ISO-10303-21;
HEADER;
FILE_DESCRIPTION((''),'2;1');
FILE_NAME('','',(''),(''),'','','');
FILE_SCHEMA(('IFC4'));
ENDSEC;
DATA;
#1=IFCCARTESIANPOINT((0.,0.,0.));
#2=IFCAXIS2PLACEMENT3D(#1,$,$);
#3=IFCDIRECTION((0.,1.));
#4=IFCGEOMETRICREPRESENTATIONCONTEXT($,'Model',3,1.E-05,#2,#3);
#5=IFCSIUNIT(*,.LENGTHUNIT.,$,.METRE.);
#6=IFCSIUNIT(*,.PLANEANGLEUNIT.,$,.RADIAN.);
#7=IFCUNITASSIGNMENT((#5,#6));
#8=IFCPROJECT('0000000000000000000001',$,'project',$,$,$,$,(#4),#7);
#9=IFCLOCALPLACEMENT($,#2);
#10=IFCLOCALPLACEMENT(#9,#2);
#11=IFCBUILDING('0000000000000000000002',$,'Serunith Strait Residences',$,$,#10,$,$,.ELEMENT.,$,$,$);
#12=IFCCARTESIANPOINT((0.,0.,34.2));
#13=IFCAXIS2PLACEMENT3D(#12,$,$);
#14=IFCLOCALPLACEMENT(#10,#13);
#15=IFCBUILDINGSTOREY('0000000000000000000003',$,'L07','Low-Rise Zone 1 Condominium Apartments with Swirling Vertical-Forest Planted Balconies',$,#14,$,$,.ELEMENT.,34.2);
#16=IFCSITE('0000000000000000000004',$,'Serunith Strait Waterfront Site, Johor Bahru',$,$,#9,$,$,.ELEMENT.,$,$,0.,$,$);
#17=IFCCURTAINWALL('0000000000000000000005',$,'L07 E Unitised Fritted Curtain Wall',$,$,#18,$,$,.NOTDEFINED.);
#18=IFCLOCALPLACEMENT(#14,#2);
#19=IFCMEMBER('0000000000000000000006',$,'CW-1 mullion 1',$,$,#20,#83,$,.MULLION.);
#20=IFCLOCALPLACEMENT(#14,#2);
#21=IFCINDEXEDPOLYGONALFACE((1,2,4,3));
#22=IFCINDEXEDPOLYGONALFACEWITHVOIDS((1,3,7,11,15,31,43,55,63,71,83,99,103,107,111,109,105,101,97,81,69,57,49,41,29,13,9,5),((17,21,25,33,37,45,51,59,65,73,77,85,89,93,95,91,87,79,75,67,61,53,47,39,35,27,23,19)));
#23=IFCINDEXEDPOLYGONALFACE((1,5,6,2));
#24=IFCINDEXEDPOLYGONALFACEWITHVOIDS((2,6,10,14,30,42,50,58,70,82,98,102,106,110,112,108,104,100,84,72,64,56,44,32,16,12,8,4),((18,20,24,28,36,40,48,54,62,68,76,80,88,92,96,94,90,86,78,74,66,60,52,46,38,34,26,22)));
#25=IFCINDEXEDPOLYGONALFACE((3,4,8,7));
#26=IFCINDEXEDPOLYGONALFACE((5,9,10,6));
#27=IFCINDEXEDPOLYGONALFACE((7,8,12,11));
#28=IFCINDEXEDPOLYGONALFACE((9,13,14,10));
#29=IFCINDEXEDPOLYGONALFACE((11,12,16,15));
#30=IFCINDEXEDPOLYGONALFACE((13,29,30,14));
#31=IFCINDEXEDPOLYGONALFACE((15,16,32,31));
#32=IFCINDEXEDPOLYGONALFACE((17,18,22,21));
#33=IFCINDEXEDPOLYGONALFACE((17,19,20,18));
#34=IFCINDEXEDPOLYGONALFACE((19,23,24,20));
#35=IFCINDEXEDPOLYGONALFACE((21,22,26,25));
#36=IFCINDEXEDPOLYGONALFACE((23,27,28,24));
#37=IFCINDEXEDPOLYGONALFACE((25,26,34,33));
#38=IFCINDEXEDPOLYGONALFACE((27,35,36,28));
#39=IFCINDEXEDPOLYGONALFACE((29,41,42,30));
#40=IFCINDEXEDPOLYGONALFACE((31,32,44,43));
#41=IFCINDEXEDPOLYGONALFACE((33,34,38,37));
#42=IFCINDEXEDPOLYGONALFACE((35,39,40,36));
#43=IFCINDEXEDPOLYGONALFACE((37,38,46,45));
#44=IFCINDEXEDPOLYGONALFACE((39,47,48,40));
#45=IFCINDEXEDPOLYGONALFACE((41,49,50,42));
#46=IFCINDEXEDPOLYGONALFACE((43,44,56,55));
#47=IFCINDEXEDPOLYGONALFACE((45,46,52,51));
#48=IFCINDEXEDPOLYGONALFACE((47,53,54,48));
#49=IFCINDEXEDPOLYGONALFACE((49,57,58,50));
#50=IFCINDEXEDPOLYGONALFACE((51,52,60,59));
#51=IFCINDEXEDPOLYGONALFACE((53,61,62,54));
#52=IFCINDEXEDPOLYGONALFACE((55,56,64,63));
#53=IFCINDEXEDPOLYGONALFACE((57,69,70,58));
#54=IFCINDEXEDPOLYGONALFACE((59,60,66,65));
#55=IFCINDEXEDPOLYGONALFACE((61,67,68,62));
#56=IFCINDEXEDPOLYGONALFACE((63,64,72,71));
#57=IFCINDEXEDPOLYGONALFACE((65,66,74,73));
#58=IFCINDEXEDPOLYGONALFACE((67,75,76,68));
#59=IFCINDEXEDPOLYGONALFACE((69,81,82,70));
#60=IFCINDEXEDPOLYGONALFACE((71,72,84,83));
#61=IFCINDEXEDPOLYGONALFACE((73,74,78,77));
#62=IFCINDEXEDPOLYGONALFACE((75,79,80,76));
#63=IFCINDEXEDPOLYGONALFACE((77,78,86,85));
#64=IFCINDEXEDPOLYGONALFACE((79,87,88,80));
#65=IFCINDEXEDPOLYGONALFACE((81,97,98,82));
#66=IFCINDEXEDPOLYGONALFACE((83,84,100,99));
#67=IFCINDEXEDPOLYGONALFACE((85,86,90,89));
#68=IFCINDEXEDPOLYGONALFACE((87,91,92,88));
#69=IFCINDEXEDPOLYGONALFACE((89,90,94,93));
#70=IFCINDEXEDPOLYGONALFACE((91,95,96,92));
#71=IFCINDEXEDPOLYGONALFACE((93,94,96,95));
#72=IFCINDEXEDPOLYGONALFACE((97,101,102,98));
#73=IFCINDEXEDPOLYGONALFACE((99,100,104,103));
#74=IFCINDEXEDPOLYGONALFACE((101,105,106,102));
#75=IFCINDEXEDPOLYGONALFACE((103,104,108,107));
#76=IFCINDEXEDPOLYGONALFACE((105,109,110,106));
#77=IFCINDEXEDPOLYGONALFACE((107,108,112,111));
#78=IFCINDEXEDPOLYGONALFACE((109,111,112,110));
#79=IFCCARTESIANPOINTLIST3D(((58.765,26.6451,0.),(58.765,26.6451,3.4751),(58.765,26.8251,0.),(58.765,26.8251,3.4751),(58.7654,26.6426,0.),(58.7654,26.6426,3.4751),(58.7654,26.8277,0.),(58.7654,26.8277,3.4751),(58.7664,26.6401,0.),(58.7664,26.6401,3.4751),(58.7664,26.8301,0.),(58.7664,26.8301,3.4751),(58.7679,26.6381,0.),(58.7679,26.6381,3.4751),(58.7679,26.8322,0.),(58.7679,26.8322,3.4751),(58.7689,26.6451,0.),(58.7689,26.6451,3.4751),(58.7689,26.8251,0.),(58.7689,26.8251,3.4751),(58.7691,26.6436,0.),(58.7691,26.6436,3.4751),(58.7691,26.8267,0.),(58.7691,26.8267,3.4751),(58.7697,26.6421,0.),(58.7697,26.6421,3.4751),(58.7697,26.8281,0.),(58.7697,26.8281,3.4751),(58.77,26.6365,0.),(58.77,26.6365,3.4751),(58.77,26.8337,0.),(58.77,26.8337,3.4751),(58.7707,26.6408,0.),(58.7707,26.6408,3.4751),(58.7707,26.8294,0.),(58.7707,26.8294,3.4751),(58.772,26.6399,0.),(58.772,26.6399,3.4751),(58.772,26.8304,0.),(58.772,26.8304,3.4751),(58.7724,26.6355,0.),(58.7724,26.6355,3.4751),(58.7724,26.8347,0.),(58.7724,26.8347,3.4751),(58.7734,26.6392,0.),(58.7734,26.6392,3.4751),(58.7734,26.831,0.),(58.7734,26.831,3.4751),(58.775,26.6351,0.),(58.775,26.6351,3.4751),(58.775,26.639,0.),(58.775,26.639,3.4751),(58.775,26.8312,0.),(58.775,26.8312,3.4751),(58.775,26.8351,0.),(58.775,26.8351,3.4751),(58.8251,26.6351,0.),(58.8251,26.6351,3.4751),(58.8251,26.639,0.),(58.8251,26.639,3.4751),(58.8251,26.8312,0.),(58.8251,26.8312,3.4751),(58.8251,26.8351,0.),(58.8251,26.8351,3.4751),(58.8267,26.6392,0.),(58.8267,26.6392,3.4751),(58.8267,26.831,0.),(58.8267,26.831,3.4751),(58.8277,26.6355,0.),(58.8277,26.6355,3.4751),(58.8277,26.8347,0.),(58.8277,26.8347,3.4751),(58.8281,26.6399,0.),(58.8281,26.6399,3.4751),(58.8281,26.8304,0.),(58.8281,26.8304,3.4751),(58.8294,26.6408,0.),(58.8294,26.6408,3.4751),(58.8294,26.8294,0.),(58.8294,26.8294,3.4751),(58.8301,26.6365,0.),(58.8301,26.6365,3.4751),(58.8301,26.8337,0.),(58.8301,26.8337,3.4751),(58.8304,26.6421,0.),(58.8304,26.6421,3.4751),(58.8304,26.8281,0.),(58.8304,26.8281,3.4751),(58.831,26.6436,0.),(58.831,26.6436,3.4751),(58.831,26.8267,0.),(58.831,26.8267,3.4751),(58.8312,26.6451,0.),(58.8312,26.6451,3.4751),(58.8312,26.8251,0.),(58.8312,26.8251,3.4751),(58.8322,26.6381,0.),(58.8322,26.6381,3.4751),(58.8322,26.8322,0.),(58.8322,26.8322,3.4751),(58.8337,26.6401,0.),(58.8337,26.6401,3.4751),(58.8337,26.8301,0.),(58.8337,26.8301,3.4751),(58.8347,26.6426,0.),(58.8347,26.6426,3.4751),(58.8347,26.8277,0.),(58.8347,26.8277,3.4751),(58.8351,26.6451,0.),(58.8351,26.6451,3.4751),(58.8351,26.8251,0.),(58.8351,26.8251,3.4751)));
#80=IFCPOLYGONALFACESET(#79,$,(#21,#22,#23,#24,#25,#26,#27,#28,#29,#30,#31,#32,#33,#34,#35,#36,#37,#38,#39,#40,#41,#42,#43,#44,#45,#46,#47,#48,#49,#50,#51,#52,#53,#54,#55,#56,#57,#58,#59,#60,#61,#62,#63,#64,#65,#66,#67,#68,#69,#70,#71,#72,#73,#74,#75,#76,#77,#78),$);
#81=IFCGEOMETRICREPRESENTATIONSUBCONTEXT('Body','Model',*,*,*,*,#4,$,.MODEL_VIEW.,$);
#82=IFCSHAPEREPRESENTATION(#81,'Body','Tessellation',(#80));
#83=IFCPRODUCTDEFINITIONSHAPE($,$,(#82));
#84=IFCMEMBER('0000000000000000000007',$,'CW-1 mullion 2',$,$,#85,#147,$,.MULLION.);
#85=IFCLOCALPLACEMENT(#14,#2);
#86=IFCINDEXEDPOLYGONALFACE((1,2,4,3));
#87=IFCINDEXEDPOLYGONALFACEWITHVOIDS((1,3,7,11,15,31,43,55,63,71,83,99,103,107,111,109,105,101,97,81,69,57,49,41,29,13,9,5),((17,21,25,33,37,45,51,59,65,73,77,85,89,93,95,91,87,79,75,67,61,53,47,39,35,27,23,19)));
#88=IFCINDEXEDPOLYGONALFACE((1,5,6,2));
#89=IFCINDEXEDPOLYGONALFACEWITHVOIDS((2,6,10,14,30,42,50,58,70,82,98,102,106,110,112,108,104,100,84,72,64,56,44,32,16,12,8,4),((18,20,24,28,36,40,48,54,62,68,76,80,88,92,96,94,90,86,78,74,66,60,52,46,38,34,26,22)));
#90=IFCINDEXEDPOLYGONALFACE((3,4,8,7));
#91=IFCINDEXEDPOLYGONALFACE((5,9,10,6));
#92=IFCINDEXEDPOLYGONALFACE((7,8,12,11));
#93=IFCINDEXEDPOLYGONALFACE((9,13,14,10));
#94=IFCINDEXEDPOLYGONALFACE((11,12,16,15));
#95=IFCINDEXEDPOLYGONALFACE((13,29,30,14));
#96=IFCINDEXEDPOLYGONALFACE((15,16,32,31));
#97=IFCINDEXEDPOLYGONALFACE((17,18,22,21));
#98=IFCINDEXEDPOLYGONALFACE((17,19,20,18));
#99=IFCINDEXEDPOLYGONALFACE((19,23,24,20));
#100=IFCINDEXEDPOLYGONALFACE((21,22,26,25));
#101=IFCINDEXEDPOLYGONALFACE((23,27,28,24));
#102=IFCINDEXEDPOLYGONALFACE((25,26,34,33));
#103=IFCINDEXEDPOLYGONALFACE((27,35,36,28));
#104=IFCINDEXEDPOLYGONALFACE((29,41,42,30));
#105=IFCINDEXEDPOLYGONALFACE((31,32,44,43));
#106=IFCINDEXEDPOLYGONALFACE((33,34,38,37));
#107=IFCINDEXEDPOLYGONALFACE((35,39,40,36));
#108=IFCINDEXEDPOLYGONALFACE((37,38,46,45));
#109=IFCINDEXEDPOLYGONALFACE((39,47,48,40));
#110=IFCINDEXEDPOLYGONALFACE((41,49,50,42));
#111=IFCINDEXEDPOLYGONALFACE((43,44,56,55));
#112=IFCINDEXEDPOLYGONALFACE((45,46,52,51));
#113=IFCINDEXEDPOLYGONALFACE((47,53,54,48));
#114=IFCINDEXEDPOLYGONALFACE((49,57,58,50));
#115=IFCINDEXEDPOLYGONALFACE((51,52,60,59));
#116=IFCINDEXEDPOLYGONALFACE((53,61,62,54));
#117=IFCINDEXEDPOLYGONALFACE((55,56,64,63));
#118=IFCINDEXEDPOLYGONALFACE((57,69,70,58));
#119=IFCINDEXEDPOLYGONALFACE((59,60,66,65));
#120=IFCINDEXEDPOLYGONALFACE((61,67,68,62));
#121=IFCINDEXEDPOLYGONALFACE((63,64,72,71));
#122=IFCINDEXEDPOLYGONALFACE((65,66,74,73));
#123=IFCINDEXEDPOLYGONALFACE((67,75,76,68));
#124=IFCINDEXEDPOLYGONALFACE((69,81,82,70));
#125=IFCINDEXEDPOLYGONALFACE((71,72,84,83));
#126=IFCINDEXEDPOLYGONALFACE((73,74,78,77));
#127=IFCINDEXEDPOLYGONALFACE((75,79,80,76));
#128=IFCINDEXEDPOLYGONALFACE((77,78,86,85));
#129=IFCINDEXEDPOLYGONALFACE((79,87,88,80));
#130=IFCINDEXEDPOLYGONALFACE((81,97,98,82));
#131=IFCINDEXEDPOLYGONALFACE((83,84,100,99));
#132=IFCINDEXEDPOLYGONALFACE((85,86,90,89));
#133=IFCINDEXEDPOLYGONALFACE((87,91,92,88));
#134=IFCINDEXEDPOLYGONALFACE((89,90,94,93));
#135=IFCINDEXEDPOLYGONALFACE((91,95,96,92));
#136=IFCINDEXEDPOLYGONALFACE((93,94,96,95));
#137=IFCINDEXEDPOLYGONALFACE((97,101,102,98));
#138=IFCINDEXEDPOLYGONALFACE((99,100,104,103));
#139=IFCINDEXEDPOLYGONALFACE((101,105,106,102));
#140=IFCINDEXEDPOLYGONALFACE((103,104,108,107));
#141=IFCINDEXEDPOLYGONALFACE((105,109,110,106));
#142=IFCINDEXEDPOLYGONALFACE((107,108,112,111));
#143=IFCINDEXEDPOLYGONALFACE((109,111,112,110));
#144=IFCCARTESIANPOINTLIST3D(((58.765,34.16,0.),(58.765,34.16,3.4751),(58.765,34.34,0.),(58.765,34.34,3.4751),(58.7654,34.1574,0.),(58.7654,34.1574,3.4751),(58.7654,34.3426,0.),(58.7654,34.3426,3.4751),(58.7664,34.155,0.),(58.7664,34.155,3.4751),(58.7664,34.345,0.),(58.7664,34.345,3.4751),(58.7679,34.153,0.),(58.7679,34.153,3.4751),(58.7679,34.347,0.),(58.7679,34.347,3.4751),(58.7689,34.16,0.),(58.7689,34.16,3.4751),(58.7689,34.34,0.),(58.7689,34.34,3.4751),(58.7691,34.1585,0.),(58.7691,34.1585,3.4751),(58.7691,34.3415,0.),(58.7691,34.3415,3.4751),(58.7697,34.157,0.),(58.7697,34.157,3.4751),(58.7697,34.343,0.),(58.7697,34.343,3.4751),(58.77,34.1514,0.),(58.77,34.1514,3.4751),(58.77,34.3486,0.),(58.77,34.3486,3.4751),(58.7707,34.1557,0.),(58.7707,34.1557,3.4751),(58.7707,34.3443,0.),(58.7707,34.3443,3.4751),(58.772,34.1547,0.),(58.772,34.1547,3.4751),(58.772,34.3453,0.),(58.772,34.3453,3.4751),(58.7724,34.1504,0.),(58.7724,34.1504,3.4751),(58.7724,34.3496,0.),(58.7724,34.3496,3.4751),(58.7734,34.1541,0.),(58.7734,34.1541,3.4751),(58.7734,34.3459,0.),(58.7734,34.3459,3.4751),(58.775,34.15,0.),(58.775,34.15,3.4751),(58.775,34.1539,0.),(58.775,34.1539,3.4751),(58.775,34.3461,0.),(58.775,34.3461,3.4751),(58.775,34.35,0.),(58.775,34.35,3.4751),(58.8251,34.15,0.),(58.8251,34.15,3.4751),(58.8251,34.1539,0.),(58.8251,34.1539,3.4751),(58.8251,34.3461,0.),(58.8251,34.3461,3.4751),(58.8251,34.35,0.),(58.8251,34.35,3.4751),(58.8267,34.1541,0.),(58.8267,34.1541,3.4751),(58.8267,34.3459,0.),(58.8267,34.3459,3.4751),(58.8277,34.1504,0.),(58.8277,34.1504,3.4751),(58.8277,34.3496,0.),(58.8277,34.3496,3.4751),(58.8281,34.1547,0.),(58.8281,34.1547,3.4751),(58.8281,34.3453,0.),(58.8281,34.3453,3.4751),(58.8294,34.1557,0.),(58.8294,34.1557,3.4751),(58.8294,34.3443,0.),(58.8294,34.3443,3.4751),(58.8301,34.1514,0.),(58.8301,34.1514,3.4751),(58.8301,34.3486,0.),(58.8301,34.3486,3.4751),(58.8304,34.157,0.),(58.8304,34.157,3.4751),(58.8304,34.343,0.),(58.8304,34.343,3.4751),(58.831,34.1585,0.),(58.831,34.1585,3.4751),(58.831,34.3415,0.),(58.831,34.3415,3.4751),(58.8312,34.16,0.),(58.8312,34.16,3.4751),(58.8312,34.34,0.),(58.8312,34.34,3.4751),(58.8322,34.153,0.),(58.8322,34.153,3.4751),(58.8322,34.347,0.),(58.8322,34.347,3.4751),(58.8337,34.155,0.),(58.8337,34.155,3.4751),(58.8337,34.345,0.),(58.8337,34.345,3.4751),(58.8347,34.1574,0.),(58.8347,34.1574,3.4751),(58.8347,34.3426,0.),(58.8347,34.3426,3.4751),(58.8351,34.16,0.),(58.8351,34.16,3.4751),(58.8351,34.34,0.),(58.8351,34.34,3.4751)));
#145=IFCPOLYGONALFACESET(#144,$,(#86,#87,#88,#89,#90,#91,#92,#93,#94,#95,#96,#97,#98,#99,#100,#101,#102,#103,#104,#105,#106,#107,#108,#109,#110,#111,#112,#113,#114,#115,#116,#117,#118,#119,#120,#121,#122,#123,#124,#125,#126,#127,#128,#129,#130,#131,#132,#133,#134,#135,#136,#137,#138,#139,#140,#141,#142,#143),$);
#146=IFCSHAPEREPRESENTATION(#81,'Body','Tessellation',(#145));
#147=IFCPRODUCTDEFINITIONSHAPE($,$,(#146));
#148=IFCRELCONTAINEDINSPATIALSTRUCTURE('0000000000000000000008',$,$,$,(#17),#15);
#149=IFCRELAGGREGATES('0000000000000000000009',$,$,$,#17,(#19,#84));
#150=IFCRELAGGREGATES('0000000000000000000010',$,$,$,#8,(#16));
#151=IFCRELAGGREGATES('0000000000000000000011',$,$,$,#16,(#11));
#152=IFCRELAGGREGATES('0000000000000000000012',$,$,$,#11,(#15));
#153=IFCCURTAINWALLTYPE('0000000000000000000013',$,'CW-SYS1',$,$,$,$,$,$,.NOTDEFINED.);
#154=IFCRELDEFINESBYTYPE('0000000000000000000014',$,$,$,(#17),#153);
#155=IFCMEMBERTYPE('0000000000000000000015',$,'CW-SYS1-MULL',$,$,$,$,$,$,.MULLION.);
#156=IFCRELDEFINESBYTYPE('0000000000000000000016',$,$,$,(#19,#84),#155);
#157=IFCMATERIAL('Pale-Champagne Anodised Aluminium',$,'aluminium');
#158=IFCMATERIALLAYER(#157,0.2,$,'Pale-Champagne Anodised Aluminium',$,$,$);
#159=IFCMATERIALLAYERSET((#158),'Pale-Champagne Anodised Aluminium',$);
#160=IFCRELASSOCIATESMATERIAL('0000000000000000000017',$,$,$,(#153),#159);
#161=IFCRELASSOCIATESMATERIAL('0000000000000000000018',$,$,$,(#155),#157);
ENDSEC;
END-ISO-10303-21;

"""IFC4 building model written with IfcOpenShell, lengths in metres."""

from ifc_helpers import new_model, si_unit, direction, frame, origin, origin_2d, place, context, subcontext, project, spatial, hollow_rectangle, extrude, source, transform, mapped, material, layer, layer_set, material_profile, profile_set, type_object, element, aggregate, save


model = new_model("IFC4")

# Units and contexts
model_context = context("Model", 3, precision=1e-05, world=origin(), true_north=direction((0.0, 1.0)))
body_context = subcontext(model_context, "Body", "Model", "MODEL_VIEW")
ifc_project = project(units=[si_unit("LENGTHUNIT", "METRE"), si_unit("PLANEANGLEUNIT", "RADIAN")], contexts=[model_context])

# Site, building, storey
site_placement = place(None, origin())
site = spatial("IfcSite", under=ifc_project, at=site_placement, Name="Serunith Strait Waterfront Site, Johor Bahru", CompositionType="ELEMENT", RefElevation=0.0)
building_placement = place(site_placement, origin())
building = spatial("IfcBuilding", under=site, at=building_placement, Name="Serunith Strait Residences", CompositionType="ELEMENT")
storey_placement = place(building_placement, frame((0.0, 0.0, 34.2)))
storey = spatial("IfcBuildingStorey", under=building, at=storey_placement, Name="L07", Description="Low-Rise Zone 1 Condominium Apartments with Swirling Vertical-Forest Planted Balconies", CompositionType="ELEMENT", Elevation=34.2)

# Curtain wall, members
ifc_material_1 = material(Name="Pale-Champagne Anodised Aluminium", Category="aluminium")
ifc_layer_1 = layer(ifc_material_1, 0.2, Name="Pale-Champagne Anodised Aluminium")
ifc_layer_set_1 = layer_set([ifc_layer_1], Name="Pale-Champagne Anodised Aluminium")
curtain_wall_type = type_object("IfcCurtainWallType", Name="CW-SYS1", PredefinedType="NOTDEFINED", material=ifc_layer_set_1)
curtain_wall_placement = place(storey_placement, origin())
curtain_wall = element("IfcCurtainWall", 1, at=curtain_wall_placement, inside=storey, type_object=curtain_wall_type, Name="L07 E Unitised Fritted Curtain Wall", PredefinedType="NOTDEFINED")
ifc_material_profile_1 = material_profile(ifc_material_1, hollow_rectangle(XDim=0.0701, YDim=0.2, WallThickness=0.0039, InnerFilletRadius=0.0061, OuterFilletRadius=0.01, at=origin_2d()), Name="ALU 200x70x4")
ifc_profile_set_1 = profile_set([ifc_material_profile_1], Name="Pale-Champagne Anodised Aluminium")
member_type_1 = type_object("IfcMemberType", Name="CW-SYS1-MULL", PredefinedType="MULLION", material=ifc_profile_set_1)
shared_shape_1 = source(origin(), body_context, "Body", "SweptSolid", [
    extrude(hollow_rectangle(XDim=0.0701, YDim=0.2, WallThickness=0.0039, InnerFilletRadius=0.0061, OuterFilletRadius=0.01, at=origin_2d()), origin(), (0.0, 0.0, 1.0), 3.4751),
])
member_1_placement = place(storey_placement, frame((58.8, 26.7351, 0.0), z_axis=(0.0, 0.0, 1.0), x_axis=(-1.0, 0.0, 0.0)))
member_1 = element("IfcMember", 2, at=member_1_placement, type_object=member_type_1, Name="CW-1 mullion 1", PredefinedType="MULLION", context=body_context, shape_type="MappedRepresentation", body=[
    mapped(shared_shape_1, transform((0.0, 0.0, 0.0), scale=1.0)),
])
member_2_placement = place(storey_placement, frame((58.8, 34.25, 0.0), z_axis=(0.0, 0.0, 1.0), x_axis=(-1.0, 0.0, 0.0)))
member_2 = element("IfcMember", 3, at=member_2_placement, type_object=member_type_1, Name="CW-1 mullion 2", PredefinedType="MULLION", context=body_context, shape_type="MappedRepresentation", body=[
    mapped(shared_shape_1, transform((0.0, 0.0, 0.0), scale=1.0)),
])
aggregate(curtain_wall, [member_1, member_2])

save(model, "model.ifc")
